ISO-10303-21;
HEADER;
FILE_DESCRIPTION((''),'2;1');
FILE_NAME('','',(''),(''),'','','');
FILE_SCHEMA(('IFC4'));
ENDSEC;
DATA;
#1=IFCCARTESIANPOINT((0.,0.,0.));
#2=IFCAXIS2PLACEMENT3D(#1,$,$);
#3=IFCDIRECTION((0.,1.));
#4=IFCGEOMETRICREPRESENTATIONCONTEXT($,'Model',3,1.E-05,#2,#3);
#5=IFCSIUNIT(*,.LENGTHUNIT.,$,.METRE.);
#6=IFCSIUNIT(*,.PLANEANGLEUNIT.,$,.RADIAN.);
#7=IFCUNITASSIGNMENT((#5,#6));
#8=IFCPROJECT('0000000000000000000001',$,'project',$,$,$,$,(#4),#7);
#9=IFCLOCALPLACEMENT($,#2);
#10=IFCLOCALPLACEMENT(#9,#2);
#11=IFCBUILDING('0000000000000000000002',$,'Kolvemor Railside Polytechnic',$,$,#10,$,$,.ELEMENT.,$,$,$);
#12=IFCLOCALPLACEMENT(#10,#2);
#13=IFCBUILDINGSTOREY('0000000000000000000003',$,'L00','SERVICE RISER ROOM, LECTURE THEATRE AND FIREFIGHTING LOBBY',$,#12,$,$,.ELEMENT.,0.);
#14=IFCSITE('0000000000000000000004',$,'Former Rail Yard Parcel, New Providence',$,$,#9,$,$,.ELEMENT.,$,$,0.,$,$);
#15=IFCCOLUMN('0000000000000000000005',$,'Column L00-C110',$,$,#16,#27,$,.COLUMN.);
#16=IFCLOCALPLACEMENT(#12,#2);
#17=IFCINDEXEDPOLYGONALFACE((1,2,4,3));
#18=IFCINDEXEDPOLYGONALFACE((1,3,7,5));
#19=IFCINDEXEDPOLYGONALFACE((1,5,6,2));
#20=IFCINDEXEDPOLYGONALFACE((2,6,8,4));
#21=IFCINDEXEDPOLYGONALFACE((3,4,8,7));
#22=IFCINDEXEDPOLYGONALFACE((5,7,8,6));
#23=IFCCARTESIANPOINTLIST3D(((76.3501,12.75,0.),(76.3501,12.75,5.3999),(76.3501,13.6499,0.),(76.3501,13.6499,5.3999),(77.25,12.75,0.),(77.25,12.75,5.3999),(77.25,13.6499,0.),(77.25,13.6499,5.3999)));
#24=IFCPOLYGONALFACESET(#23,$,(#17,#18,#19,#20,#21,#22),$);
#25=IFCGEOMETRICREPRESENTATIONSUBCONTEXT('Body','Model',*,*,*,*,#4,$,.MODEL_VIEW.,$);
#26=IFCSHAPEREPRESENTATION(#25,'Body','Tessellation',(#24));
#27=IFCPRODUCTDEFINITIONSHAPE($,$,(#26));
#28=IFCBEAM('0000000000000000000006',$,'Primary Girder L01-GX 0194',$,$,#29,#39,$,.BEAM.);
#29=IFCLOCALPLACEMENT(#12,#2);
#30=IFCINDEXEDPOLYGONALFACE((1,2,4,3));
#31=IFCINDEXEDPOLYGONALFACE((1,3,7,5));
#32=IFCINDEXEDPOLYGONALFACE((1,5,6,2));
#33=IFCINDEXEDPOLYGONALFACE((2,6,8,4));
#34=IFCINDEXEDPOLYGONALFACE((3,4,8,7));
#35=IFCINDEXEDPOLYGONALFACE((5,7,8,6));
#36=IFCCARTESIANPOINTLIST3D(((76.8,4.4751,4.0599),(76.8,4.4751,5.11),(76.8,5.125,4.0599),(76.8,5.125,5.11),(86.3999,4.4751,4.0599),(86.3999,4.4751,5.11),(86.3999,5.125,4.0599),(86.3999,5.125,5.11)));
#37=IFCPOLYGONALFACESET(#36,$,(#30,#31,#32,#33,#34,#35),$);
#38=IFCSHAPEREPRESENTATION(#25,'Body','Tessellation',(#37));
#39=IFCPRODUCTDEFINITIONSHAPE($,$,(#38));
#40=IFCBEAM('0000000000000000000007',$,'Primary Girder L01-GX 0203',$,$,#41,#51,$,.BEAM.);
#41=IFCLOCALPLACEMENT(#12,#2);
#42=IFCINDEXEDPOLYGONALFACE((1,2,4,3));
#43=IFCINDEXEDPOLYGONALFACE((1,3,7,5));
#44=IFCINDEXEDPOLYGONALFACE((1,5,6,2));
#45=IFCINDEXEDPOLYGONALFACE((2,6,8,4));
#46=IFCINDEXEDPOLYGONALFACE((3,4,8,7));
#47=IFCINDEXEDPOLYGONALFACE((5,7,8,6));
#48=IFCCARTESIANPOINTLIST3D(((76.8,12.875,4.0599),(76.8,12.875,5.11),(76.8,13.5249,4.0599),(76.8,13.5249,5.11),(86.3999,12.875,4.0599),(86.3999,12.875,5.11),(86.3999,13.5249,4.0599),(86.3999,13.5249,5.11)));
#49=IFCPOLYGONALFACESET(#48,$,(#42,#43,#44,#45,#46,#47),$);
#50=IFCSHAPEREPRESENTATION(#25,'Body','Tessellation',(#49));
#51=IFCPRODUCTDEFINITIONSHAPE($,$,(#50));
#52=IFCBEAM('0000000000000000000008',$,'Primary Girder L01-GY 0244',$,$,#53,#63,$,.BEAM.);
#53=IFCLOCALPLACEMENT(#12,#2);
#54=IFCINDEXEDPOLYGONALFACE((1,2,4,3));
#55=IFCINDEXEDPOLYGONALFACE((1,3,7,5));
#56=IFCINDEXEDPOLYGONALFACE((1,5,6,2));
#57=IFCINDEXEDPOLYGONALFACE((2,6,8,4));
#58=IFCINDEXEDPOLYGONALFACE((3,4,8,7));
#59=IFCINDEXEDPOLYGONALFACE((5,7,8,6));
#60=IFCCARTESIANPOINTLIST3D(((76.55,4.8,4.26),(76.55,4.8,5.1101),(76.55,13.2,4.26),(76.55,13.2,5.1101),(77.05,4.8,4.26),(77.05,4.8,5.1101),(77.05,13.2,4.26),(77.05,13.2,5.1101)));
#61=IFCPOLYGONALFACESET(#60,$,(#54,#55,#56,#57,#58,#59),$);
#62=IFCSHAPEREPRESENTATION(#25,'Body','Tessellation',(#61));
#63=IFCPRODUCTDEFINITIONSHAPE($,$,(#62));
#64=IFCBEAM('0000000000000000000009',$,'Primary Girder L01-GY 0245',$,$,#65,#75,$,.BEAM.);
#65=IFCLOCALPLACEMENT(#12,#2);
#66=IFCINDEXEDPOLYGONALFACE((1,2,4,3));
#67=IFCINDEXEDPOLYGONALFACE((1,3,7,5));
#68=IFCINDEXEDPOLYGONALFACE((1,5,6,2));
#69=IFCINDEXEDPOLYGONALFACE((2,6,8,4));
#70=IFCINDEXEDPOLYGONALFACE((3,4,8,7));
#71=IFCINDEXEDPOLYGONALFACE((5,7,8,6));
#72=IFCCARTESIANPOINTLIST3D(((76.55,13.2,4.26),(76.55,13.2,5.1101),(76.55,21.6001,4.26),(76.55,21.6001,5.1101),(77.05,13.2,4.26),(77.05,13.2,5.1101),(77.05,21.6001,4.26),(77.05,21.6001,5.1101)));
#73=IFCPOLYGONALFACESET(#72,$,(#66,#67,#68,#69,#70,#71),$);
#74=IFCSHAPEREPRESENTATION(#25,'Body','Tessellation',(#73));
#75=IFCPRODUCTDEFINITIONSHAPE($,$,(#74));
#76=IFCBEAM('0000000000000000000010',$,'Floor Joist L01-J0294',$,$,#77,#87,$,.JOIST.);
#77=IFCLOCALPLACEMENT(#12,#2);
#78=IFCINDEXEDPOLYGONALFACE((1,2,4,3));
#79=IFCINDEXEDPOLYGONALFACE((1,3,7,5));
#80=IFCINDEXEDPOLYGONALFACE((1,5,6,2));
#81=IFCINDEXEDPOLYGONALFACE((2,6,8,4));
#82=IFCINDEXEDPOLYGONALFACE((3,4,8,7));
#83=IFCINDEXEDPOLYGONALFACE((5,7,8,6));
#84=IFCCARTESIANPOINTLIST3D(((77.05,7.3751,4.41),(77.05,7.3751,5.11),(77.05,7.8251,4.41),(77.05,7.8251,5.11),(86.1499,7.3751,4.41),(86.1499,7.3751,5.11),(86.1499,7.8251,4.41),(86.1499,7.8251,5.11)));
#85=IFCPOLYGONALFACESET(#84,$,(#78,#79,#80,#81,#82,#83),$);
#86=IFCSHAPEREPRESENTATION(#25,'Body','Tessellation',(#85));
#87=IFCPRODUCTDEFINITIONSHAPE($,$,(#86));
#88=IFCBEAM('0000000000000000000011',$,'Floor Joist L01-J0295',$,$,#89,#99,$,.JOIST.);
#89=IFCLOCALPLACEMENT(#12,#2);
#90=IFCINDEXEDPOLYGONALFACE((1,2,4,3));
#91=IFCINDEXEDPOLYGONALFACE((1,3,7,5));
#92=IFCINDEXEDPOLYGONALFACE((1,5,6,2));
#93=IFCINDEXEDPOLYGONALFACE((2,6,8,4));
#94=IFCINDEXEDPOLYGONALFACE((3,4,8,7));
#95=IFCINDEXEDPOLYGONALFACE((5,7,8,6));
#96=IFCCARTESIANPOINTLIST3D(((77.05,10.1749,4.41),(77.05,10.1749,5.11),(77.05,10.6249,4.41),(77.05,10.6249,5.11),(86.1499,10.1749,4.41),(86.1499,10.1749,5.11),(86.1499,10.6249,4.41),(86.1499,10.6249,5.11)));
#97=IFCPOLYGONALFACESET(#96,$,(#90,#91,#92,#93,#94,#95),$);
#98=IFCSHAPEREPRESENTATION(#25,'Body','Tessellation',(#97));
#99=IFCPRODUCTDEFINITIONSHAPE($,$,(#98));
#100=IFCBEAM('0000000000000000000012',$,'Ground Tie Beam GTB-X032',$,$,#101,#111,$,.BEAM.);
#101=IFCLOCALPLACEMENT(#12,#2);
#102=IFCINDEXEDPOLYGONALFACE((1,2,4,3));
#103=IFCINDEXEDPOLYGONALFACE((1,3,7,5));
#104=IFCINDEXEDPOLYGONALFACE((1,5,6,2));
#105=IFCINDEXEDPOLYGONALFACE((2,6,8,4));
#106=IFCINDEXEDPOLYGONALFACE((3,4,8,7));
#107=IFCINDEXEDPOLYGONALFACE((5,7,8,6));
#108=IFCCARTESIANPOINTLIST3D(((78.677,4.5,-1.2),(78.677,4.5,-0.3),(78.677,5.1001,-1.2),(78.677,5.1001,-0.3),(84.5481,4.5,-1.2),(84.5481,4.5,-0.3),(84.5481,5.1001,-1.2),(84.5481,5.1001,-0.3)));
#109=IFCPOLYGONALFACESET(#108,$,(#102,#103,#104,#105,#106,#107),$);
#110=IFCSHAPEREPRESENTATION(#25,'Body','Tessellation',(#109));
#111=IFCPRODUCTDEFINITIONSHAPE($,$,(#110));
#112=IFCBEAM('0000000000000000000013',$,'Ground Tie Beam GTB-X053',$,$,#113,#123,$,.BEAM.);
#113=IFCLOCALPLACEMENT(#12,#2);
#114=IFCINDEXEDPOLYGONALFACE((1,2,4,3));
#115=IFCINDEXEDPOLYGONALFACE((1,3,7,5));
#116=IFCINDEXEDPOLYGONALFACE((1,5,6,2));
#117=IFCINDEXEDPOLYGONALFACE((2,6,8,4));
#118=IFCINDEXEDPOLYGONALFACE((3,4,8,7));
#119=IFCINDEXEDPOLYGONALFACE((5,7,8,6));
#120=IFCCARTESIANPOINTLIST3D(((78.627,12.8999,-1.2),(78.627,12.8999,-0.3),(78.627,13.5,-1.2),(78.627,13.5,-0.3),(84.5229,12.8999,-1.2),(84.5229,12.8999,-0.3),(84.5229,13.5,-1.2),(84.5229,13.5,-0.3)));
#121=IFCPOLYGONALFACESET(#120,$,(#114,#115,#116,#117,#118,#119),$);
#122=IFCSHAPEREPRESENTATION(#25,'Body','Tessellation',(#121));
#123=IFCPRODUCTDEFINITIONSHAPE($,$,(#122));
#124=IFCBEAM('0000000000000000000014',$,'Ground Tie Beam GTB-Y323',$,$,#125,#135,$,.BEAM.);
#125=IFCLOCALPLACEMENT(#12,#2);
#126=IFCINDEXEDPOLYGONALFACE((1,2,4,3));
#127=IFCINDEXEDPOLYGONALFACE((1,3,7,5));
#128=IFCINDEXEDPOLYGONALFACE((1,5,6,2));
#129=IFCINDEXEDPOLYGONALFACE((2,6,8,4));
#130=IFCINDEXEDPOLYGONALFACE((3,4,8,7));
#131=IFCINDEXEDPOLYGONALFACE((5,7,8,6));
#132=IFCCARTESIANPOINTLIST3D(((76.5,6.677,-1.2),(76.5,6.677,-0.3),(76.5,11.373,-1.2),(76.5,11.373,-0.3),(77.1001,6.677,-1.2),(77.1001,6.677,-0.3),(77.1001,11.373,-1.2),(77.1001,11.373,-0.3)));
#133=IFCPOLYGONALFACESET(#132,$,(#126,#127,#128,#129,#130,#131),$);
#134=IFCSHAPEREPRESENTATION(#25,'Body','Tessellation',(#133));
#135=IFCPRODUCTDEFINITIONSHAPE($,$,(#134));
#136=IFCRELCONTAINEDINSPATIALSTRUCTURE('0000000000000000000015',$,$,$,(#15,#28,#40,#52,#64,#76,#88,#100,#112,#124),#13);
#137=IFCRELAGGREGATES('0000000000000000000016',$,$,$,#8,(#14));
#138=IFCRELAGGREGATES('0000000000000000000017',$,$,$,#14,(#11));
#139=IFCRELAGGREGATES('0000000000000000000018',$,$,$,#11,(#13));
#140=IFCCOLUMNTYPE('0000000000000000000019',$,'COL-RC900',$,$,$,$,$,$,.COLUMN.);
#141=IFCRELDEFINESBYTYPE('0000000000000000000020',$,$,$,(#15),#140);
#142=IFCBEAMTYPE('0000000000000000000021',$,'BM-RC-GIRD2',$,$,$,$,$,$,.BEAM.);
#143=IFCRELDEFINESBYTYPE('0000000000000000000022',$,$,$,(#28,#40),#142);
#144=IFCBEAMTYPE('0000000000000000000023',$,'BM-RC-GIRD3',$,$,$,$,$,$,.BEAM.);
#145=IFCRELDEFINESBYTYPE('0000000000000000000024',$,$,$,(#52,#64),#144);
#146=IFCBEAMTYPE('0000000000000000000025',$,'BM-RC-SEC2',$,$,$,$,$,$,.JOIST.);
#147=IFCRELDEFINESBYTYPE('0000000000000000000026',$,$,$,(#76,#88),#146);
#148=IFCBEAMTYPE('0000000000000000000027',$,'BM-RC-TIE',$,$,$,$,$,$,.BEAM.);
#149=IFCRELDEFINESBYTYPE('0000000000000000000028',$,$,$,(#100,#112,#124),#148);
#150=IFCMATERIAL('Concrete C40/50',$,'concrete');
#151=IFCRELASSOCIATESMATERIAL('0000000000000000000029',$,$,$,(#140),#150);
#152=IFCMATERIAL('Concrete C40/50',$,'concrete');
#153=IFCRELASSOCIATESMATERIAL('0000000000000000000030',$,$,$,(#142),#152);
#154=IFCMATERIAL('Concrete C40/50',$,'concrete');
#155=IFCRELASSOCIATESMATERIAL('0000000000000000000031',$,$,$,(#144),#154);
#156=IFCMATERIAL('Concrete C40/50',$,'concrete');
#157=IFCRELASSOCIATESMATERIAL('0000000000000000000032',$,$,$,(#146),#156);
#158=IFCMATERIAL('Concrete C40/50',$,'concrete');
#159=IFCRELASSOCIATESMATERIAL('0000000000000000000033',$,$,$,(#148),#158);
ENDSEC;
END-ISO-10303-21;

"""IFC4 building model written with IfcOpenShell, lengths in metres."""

from ifc_helpers import new_model, si_unit, direction, frame, origin, origin_2d, place, context, subcontext, project, spatial, rectangle, extrude, material, material_profile, profile_set, type_object, element, save


model = new_model("IFC4")

# Units and contexts
model_context = context("Model", 3, precision=1e-05, world=origin(), true_north=direction((0.0, 1.0)))
body_context = subcontext(model_context, "Body", "Model", "MODEL_VIEW")
ifc_project = project(units=[si_unit("LENGTHUNIT", "METRE"), si_unit("PLANEANGLEUNIT", "RADIAN")], contexts=[model_context])

# Site, building, storey
site_placement = place(None, origin())
site = spatial("IfcSite", under=ifc_project, at=site_placement, Name="Former Rail Yard Parcel, New Providence", CompositionType="ELEMENT", RefElevation=0.0)
building_placement = place(site_placement, origin())
building = spatial("IfcBuilding", under=site, at=building_placement, Name="Kolvemor Railside Polytechnic", CompositionType="ELEMENT")
storey_placement = place(building_placement, origin())
storey = spatial("IfcBuildingStorey", under=building, at=storey_placement, Name="L00", Description="SERVICE RISER ROOM, LECTURE THEATRE AND FIREFIGHTING LOBBY", CompositionType="ELEMENT", Elevation=0.0)

# Column
ifc_material_1 = material(Name="Concrete C40/50", Category="concrete")
ifc_material_profile_1 = material_profile(ifc_material_1, rectangle(XDim=0.8999, YDim=0.8999, at=origin_2d()), Name="RC900x900")
ifc_profile_set_1 = profile_set([ifc_material_profile_1], Name="Concrete C40/50")
column_type = type_object("IfcColumnType", Name="COL-RC900", PredefinedType="COLUMN", material=ifc_profile_set_1)
column_placement = place(storey_placement, frame((76.8, 13.2, 0.0), z_axis=(0.0, 0.0, 1.0), x_axis=(1.0, 0.0, 0.0)))
element("IfcColumn", 1, at=column_placement, inside=storey, type_object=column_type, Name="Column L00-C110", PredefinedType="COLUMN", context=body_context, shape_type="SweptSolid", body=[
    extrude(rectangle(XDim=0.8999, YDim=0.8999, at=origin_2d()), origin(), (0.0, 0.0, 1.0), 5.3999),
])

# Beams
ifc_material_2 = material(Name="Concrete C40/50", Category="concrete")
ifc_material_profile_2 = material_profile(ifc_material_2, rectangle(XDim=0.6499, YDim=1.05, at=origin_2d()), Name="RC650x1050")
ifc_profile_set_2 = profile_set([ifc_material_profile_2], Name="Concrete C40/50")
beam_type_1 = type_object("IfcBeamType", Name="BM-RC-GIRD2", PredefinedType="BEAM", material=ifc_profile_set_2)
for number, where, z_axis, x_axis, name in (
    (2, (76.8, 4.8, 4.585), (1.0, 0.0, 0.0), (0.0, 1.0, 0.0), "Primary Girder L01-GX 0194"),
    (3, (76.8, 13.2, 4.585), (1.0, 0.0, 0.0), (0.0, 1.0, 0.0), "Primary Girder L01-GX 0203"),
):
    element("IfcBeam", number, at=place(storey_placement, frame(where, z_axis=z_axis, x_axis=x_axis)), inside=storey, type_object=beam_type_1, Name=name, PredefinedType="BEAM", context=body_context, shape_type="SweptSolid", body=[
        extrude(rectangle(XDim=0.6499, YDim=1.05, at=origin_2d()), origin(), (0.0, 0.0, 1.0), 9.5999),
    ])
ifc_material_3 = material(Name="Concrete C40/50", Category="concrete")
ifc_material_profile_3 = material_profile(ifc_material_3, rectangle(XDim=0.5, YDim=0.8501, at=origin_2d()), Name="RC500x850")
ifc_profile_set_3 = profile_set([ifc_material_profile_3], Name="Concrete C40/50")
beam_type_2 = type_object("IfcBeamType", Name="BM-RC-GIRD3", PredefinedType="BEAM", material=ifc_profile_set_3)
beam_1_placement = place(storey_placement, frame((76.8, 4.8, 4.6851), z_axis=(0.0, 1.0, 0.0), x_axis=(-1.0, 0.0, 0.0)))
element("IfcBeam", 4, at=beam_1_placement, inside=storey, type_object=beam_type_2, Name="Primary Girder L01-GY 0244", PredefinedType="BEAM", context=body_context, shape_type="SweptSolid", body=[
    extrude(rectangle(XDim=0.5, YDim=0.8501, at=origin_2d()), origin(), (0.0, 0.0, 1.0), 8.3999),
])
beam_2_placement = place(storey_placement, frame((76.8, 13.2, 4.6851), z_axis=(0.0, 1.0, 0.0), x_axis=(-1.0, 0.0, 0.0)))
element("IfcBeam", 5, at=beam_2_placement, inside=storey, type_object=beam_type_2, Name="Primary Girder L01-GY 0245", PredefinedType="BEAM", context=body_context, shape_type="SweptSolid", body=[
    extrude(rectangle(XDim=0.5, YDim=0.8501, at=origin_2d()), origin(), (0.0, 0.0, 1.0), 8.4001),
])
ifc_material_4 = material(Name="Concrete C40/50", Category="concrete")
ifc_material_profile_4 = material_profile(ifc_material_4, rectangle(XDim=0.45, YDim=0.7, at=origin_2d()), Name="RC450x700")
ifc_profile_set_4 = profile_set([ifc_material_profile_4], Name="Concrete C40/50")
beam_type_3 = type_object("IfcBeamType", Name="BM-RC-SEC2", PredefinedType="JOIST", material=ifc_profile_set_4)
for number, where, z_axis, x_axis, name in (
    (6, (77.05, 7.6001, 4.76), (1.0, 0.0, 0.0), (0.0, 1.0, 0.0), "Floor Joist L01-J0294"),
    (7, (77.05, 10.3999, 4.76), (1.0, 0.0, 0.0), (0.0, 1.0, 0.0), "Floor Joist L01-J0295"),
):
    element("IfcBeam", number, at=place(storey_placement, frame(where, z_axis=z_axis, x_axis=x_axis)), inside=storey, type_object=beam_type_3, Name=name, PredefinedType="JOIST", context=body_context, shape_type="SweptSolid", body=[
        extrude(rectangle(XDim=0.45, YDim=0.7, at=origin_2d()), origin(), (0.0, 0.0, 1.0), 9.0999),
    ])
ifc_material_5 = material(Name="Concrete C40/50", Category="concrete")
ifc_material_profile_5 = material_profile(ifc_material_5, rectangle(XDim=0.6001, YDim=0.8999, at=origin_2d()), Name="RC600x900")
ifc_profile_set_5 = profile_set([ifc_material_profile_5], Name="Concrete C40/50")
beam_type_4 = type_object("IfcBeamType", Name="BM-RC-TIE", PredefinedType="BEAM", material=ifc_profile_set_5)
beam_3_placement = place(storey_placement, frame((78.677, 4.8, -0.75), z_axis=(1.0, 0.0, 0.0), x_axis=(0.0, 1.0, 0.0)))
element("IfcBeam", 8, at=beam_3_placement, inside=storey, type_object=beam_type_4, Name="Ground Tie Beam GTB-X032", PredefinedType="BEAM", context=body_context, shape_type="SweptSolid", body=[
    extrude(rectangle(XDim=0.6001, YDim=0.8999, at=origin_2d()), origin(), (0.0, 0.0, 1.0), 5.8711),
])
beam_4_placement = place(storey_placement, frame((78.627, 13.2, -0.75), z_axis=(1.0, 0.0, 0.0), x_axis=(0.0, 1.0, 0.0)))
element("IfcBeam", 9, at=beam_4_placement, inside=storey, type_object=beam_type_4, Name="Ground Tie Beam GTB-X053", PredefinedType="BEAM", context=body_context, shape_type="SweptSolid", body=[
    extrude(rectangle(XDim=0.6001, YDim=0.8999, at=origin_2d()), origin(), (0.0, 0.0, 1.0), 5.896),
])
beam_5_placement = place(storey_placement, frame((76.8, 6.677, -0.75), z_axis=(0.0, 1.0, 0.0), x_axis=(-1.0, 0.0, 0.0)))
element("IfcBeam", 10, at=beam_5_placement, inside=storey, type_object=beam_type_4, Name="Ground Tie Beam GTB-Y323", PredefinedType="BEAM", context=body_context, shape_type="SweptSolid", body=[
    extrude(rectangle(XDim=0.6001, YDim=0.8999, at=origin_2d()), origin(), (0.0, 0.0, 1.0), 4.696),
])

save(model, "model.ifc")
